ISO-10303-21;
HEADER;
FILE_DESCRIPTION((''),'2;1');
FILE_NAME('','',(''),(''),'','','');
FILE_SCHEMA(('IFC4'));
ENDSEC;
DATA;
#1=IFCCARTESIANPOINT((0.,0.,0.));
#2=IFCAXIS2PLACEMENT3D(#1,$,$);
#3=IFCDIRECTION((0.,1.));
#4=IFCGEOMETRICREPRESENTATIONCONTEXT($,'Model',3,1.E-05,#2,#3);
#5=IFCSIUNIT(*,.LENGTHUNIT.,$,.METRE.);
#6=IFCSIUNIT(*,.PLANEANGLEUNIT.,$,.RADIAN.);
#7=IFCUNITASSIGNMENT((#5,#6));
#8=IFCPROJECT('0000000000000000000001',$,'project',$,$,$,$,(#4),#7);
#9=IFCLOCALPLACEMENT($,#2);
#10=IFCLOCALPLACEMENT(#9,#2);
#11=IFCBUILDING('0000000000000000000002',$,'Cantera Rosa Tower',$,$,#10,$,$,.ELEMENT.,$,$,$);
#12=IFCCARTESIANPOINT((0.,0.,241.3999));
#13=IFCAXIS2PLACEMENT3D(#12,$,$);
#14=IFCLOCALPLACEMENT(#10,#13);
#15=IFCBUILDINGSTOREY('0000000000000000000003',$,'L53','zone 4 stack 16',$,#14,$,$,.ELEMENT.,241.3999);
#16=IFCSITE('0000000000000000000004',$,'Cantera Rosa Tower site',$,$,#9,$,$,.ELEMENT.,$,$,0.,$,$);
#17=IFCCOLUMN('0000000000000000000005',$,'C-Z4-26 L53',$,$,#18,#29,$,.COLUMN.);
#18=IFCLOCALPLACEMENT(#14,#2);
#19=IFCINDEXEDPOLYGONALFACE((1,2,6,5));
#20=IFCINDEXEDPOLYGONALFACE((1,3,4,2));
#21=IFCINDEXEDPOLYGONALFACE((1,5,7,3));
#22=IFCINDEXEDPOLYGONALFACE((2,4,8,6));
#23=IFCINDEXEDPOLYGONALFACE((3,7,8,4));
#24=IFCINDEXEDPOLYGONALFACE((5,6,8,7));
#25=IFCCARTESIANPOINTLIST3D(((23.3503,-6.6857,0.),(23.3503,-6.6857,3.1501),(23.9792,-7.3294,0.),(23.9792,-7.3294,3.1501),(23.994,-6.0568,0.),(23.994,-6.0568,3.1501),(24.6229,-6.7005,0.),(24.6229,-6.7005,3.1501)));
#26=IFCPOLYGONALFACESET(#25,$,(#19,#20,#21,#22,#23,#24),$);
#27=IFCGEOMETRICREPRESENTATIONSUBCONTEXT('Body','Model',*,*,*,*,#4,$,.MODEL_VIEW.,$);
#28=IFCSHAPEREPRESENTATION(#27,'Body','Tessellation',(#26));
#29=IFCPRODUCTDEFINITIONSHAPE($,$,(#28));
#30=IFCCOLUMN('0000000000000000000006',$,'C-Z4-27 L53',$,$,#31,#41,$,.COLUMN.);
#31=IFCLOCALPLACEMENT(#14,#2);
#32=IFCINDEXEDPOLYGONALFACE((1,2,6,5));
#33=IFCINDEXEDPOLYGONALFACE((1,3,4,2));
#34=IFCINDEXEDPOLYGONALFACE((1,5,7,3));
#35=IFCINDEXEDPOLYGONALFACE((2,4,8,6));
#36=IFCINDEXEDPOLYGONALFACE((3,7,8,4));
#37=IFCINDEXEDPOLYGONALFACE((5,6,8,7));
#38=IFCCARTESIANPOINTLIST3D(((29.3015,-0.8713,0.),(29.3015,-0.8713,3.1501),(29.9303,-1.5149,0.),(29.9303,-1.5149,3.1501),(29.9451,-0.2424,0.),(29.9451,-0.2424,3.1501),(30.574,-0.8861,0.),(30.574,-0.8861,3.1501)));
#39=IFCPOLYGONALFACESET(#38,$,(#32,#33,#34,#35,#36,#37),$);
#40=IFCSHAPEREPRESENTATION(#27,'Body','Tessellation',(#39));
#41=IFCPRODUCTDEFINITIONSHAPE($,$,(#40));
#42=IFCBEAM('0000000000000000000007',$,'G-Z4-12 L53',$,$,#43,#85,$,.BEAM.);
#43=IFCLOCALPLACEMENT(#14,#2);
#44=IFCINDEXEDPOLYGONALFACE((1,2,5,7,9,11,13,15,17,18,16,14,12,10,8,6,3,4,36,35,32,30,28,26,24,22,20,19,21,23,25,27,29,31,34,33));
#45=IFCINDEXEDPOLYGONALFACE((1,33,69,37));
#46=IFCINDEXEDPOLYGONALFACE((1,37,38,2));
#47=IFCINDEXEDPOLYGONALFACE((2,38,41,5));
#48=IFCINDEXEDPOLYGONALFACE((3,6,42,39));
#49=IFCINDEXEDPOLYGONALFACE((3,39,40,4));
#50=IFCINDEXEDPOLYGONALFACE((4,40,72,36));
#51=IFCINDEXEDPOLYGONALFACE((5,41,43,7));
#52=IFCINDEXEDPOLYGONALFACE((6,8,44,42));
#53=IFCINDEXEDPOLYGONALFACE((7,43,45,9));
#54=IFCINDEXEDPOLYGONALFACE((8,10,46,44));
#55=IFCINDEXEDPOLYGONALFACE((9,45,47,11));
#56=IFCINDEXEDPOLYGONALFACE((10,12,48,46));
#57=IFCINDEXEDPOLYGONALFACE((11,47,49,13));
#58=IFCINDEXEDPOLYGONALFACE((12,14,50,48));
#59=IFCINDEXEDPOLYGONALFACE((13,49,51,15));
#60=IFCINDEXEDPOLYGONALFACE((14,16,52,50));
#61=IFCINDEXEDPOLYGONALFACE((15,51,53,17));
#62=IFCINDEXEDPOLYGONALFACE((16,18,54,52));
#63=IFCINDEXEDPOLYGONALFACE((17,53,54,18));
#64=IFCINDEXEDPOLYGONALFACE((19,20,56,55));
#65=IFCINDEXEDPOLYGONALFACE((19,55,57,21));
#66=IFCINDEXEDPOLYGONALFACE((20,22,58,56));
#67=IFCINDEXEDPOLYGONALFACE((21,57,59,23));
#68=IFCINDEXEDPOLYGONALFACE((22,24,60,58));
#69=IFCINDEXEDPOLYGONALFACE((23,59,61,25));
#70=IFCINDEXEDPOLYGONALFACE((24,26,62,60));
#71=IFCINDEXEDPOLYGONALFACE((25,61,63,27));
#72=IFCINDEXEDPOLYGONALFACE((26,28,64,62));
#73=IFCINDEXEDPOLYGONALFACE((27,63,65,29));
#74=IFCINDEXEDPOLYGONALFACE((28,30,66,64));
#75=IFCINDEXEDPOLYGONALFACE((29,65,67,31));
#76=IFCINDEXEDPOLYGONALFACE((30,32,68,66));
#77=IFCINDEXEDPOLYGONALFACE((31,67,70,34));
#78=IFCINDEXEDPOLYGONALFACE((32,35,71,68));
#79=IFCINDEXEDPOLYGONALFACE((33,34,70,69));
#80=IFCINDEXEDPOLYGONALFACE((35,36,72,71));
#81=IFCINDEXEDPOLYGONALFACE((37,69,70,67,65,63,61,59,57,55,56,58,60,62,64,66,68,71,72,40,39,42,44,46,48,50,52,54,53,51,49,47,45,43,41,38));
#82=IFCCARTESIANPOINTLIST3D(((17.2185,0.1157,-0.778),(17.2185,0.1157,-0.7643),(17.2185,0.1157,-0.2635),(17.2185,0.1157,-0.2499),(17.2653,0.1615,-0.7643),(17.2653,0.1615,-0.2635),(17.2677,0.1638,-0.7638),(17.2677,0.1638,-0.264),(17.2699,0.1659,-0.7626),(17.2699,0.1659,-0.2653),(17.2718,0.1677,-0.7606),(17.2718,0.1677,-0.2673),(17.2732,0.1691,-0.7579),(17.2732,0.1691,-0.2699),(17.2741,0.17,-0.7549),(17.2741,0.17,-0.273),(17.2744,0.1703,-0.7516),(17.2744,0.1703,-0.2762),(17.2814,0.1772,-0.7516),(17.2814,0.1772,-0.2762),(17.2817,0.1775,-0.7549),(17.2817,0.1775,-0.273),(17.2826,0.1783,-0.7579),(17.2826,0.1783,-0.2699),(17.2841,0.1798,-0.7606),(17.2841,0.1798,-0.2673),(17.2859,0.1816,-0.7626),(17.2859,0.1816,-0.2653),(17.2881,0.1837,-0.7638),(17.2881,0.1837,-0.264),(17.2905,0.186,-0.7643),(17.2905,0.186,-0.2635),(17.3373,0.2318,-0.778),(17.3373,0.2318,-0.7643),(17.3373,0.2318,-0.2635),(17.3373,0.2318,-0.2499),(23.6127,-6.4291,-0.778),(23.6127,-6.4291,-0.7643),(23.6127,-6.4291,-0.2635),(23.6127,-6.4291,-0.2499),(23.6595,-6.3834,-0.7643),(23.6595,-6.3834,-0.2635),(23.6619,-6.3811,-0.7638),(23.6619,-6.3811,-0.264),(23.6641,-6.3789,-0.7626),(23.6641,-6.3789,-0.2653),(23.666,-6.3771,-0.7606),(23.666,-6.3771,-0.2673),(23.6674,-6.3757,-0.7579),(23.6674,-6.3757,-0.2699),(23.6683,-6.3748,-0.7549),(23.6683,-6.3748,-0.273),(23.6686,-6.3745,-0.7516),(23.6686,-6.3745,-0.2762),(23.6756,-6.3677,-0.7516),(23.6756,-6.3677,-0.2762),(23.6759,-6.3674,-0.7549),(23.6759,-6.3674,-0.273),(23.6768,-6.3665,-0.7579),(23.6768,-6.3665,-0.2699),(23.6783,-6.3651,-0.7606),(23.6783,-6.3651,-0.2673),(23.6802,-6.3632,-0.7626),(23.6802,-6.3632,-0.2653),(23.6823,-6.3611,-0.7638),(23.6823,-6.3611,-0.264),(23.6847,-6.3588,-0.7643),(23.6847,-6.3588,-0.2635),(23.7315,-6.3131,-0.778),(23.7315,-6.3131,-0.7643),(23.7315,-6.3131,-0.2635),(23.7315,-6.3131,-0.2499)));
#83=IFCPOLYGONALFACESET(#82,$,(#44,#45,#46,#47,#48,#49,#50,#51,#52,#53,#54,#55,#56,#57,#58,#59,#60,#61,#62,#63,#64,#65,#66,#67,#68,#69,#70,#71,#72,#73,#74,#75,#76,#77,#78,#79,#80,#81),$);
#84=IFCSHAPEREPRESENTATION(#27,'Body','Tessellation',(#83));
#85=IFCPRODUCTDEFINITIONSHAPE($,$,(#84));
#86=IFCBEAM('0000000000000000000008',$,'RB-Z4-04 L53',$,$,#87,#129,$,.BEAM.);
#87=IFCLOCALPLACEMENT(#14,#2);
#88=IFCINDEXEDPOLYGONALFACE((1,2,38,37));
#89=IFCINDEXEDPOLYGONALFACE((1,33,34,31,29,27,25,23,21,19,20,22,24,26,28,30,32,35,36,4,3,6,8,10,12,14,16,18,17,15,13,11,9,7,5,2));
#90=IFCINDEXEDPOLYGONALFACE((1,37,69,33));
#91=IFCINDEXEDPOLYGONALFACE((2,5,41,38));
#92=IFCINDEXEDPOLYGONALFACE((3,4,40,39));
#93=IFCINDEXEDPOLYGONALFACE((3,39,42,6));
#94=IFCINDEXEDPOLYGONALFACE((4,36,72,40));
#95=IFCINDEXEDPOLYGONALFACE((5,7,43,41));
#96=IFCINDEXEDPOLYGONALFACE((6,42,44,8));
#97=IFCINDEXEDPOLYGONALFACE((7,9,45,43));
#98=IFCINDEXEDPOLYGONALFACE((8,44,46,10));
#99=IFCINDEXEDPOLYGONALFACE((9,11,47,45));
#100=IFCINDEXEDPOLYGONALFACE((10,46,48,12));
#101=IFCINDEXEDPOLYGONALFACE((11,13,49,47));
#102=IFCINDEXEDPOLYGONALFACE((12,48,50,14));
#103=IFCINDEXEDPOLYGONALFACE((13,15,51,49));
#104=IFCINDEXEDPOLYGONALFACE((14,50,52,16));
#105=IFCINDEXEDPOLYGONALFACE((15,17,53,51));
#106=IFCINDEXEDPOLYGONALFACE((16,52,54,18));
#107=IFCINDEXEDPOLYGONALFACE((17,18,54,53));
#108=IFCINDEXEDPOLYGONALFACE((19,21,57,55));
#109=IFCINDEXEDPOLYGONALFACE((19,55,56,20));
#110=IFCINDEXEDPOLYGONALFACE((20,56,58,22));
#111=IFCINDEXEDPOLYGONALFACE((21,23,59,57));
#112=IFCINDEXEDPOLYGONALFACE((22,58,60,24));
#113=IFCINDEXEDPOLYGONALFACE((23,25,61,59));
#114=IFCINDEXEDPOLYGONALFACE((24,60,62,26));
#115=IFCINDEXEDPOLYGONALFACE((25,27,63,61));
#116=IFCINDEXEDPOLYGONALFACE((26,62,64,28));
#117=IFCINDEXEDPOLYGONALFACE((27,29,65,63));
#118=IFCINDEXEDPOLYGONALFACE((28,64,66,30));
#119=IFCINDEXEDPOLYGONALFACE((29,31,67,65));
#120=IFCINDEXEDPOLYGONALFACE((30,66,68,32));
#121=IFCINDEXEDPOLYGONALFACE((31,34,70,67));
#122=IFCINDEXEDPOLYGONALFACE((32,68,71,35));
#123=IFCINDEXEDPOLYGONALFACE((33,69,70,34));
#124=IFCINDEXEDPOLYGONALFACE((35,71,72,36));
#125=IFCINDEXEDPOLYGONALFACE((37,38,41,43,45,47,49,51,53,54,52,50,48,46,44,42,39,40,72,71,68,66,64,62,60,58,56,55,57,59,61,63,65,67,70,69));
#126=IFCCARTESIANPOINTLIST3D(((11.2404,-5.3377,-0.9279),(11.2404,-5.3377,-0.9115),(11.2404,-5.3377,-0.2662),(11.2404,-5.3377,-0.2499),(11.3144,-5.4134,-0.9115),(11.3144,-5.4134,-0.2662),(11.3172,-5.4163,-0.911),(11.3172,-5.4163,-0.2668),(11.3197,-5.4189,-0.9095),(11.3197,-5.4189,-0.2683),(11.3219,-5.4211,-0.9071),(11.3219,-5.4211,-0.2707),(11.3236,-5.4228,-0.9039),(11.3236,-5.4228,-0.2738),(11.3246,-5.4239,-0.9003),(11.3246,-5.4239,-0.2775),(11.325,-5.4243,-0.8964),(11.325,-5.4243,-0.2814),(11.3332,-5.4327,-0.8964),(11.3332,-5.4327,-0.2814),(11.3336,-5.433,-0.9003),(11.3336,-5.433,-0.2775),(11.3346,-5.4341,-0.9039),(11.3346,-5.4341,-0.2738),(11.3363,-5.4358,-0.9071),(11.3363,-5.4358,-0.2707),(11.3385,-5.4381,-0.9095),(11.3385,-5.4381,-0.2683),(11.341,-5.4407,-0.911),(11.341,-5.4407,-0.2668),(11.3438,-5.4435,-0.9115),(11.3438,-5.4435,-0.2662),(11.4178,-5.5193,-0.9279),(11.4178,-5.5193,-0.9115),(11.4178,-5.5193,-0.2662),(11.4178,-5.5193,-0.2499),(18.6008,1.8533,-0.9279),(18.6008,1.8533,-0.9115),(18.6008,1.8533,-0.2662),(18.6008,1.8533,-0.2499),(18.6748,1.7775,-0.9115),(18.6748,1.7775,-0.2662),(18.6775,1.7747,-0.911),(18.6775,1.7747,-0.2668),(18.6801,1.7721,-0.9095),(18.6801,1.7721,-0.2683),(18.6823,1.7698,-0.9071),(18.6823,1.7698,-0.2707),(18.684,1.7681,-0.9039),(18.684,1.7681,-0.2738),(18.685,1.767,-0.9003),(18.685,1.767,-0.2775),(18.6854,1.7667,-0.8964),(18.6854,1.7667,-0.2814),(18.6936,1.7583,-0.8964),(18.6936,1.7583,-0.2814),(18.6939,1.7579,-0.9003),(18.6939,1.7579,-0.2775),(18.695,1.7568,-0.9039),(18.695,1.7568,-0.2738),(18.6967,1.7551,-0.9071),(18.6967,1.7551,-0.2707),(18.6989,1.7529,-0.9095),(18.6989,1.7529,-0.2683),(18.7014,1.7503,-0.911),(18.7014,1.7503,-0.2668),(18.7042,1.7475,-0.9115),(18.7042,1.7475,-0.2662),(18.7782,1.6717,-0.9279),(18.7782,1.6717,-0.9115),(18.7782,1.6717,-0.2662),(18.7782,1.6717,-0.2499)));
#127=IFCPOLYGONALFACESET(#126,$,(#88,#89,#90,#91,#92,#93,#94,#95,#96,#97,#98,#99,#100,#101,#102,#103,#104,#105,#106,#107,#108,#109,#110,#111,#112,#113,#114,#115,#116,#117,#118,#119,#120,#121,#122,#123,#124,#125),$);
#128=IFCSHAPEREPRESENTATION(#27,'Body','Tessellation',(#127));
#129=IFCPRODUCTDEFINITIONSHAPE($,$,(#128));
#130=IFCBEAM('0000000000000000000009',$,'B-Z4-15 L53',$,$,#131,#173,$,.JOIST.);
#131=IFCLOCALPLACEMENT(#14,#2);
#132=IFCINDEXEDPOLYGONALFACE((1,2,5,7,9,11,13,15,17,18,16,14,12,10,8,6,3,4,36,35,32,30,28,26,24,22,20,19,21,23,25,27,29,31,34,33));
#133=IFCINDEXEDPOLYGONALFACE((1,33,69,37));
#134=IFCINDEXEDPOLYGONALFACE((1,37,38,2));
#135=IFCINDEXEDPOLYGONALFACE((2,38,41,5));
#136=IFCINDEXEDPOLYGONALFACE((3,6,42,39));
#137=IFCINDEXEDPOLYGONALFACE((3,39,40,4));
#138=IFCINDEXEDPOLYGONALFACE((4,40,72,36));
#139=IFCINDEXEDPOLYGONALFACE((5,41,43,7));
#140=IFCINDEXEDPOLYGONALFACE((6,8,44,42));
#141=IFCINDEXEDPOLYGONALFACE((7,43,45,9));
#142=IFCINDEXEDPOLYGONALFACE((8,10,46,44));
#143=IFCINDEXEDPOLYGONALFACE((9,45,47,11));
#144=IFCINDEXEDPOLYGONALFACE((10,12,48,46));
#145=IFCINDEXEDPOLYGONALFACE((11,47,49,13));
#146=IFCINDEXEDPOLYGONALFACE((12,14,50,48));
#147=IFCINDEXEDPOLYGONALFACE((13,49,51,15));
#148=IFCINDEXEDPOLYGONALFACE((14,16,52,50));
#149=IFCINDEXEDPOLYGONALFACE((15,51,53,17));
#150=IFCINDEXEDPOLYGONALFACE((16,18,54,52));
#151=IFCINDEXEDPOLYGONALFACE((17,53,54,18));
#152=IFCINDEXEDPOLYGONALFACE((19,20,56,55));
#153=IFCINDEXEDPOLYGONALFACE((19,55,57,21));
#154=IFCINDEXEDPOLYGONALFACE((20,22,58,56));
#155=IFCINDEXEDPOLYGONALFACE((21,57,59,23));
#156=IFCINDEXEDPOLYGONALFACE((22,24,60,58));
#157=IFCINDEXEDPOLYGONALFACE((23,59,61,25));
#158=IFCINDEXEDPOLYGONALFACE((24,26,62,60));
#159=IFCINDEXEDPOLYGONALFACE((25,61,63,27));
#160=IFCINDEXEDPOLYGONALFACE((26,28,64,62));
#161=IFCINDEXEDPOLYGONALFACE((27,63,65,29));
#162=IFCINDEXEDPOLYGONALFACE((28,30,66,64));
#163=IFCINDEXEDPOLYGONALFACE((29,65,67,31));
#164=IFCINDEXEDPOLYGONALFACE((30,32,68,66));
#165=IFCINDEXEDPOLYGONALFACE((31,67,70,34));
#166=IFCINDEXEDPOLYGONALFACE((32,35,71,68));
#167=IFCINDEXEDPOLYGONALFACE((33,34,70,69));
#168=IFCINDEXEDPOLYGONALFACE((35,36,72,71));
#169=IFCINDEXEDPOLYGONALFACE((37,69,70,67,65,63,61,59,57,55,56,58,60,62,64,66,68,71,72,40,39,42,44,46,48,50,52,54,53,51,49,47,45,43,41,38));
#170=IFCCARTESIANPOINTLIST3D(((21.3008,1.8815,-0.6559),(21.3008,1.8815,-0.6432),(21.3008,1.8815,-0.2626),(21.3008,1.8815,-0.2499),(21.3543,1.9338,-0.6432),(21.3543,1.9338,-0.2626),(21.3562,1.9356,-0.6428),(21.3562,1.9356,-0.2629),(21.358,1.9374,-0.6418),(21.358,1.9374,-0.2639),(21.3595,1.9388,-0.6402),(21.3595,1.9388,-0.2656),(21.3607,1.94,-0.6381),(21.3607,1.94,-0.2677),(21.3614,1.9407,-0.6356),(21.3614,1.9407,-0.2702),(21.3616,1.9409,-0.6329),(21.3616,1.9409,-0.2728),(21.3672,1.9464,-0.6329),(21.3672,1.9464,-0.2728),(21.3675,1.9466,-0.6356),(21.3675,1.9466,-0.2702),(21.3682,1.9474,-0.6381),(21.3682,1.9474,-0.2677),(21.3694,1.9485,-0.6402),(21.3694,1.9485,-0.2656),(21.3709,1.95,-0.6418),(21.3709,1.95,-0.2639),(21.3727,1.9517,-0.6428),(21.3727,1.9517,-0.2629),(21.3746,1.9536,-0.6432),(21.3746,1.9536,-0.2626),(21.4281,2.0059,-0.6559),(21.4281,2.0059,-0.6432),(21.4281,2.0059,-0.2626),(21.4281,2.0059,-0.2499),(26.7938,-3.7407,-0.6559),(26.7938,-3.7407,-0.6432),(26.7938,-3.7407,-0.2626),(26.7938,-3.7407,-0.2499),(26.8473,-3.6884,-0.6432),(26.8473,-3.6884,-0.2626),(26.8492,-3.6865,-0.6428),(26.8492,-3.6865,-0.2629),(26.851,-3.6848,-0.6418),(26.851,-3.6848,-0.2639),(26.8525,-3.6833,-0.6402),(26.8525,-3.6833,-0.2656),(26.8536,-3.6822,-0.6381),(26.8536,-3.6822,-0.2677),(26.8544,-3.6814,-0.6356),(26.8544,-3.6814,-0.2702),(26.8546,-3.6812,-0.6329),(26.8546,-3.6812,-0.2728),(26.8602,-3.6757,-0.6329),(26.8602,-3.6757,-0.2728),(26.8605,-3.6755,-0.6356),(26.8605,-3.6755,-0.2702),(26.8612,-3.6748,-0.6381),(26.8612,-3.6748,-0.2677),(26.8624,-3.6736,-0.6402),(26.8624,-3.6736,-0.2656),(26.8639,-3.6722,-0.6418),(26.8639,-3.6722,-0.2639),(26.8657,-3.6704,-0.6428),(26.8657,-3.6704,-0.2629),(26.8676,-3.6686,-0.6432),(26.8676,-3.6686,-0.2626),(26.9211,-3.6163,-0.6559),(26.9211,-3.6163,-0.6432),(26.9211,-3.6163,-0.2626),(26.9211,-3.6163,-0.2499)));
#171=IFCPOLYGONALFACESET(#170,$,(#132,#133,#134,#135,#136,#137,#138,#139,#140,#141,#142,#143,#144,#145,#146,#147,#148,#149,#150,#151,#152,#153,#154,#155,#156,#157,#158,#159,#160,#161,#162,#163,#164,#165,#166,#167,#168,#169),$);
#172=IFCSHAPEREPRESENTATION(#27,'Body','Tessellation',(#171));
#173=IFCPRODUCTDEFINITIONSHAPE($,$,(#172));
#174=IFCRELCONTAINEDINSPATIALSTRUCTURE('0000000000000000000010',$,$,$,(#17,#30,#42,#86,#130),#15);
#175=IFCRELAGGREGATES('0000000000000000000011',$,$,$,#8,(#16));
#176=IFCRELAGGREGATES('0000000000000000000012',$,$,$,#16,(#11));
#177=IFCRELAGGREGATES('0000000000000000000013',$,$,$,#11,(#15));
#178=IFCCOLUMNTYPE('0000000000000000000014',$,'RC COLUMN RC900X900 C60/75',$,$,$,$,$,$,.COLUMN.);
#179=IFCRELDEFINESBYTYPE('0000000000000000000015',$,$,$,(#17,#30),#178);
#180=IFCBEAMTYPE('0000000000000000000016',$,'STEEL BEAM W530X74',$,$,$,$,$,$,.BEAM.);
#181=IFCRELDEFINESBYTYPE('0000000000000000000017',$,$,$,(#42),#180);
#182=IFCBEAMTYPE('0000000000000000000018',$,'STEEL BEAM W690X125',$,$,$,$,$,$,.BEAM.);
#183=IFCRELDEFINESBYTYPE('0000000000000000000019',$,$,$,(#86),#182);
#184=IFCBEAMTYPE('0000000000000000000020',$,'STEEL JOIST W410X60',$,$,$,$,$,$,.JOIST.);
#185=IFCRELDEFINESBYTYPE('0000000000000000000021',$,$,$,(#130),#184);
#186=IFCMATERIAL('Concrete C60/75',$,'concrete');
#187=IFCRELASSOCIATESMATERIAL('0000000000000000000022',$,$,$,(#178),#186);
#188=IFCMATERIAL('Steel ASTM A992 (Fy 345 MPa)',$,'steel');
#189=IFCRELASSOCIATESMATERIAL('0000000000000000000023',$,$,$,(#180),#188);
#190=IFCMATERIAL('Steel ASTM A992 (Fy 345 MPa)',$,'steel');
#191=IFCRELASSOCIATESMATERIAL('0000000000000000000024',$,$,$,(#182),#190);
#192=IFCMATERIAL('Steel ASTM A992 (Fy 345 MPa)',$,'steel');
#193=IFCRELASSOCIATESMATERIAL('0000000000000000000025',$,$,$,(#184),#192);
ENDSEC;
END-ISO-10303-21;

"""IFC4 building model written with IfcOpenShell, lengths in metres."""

from ifc_helpers import new_model, si_unit, direction, frame, origin, origin_2d, place, context, subcontext, project, spatial, rectangle, i_section, extrude, material, material_profile, profile_set, type_object, element, save


model = new_model("IFC4")

# Units and contexts
model_context = context("Model", 3, precision=1e-05, world=origin(), true_north=direction((0.0, 1.0)))
body_context = subcontext(model_context, "Body", "Model", "MODEL_VIEW")
ifc_project = project(units=[si_unit("LENGTHUNIT", "METRE"), si_unit("PLANEANGLEUNIT", "RADIAN")], contexts=[model_context])

# Site, building, storey
site_placement = place(None, origin())
site = spatial("IfcSite", under=ifc_project, at=site_placement, Name="Cantera Rosa Tower site", CompositionType="ELEMENT", RefElevation=0.0)
building_placement = place(site_placement, origin())
building = spatial("IfcBuilding", under=site, at=building_placement, Name="Cantera Rosa Tower", CompositionType="ELEMENT")
storey_placement = place(building_placement, frame((0.0, 0.0, 241.3999)))
storey = spatial("IfcBuildingStorey", under=building, at=storey_placement, Name="L53", Description="zone 4 stack 16", CompositionType="ELEMENT", Elevation=241.3999)

# Columns
ifc_material_1 = material(Name="Concrete C60/75", Category="concrete")
ifc_material_profile_1 = material_profile(ifc_material_1, rectangle(XDim=0.8999, YDim=0.8999, at=origin_2d()), Name="RC COLUMN RC900X900 C60/75")
ifc_profile_set_1 = profile_set([ifc_material_profile_1], Name="Concrete C60/75")
column_type = type_object("IfcColumnType", Name="RC COLUMN RC900X900 C60/75", PredefinedType="COLUMN", material=ifc_profile_set_1)
for number, where, z_axis, x_axis, name in (
    (1, (23.9866, -6.6931, 0.0), (0.0, 0.0, 1.0), (0.715286, 0.698832, 0.0), "C-Z4-26 L53"),
    (2, (29.9377, -0.8787, 0.0), (0.0, 0.0, 1.0), (0.715286, 0.698832, 0.0), "C-Z4-27 L53"),
):
    element("IfcColumn", number, at=place(storey_placement, frame(where, z_axis=z_axis, x_axis=x_axis)), inside=storey, type_object=column_type, Name=name, PredefinedType="COLUMN", context=body_context, shape_type="SweptSolid", body=[
        extrude(rectangle(XDim=0.8999, YDim=0.8999, at=origin_2d()), origin(), (0.0, 0.0, 1.0), 3.1501),
    ])

# Beams
ifc_material_2 = material(Name="Steel ASTM A992 (Fy 345 MPa)", Category="steel")
ifc_material_profile_2 = material_profile(ifc_material_2, i_section(OverallWidth=0.166, OverallDepth=0.5281, WebThickness=0.0098, FlangeThickness=0.0137, FilletRadius=0.0127, at=origin_2d()), Name="W530X74")
ifc_profile_set_2 = profile_set([ifc_material_profile_2], Name="Steel ASTM A992 (Fy 345 MPa)")
beam_type_1 = type_object("IfcBeamType", Name="STEEL BEAM W530X74", PredefinedType="BEAM", material=ifc_profile_set_2)
beam_1_placement = place(storey_placement, frame((23.6721, -6.3711, -0.5139), z_axis=(-0.698827, 0.71529, 0.0), x_axis=(-0.71529, -0.698827, 0.0)))
element("IfcBeam", 3, at=beam_1_placement, inside=storey, type_object=beam_type_1, Name="G-Z4-12 L53", PredefinedType="BEAM", context=body_context, shape_type="SweptSolid", body=[
    extrude(i_section(OverallWidth=0.166, OverallDepth=0.5281, WebThickness=0.0098, FlangeThickness=0.0137, FilletRadius=0.0127, at=origin_2d()), origin(), (0.0, 0.0, 1.0), 9.1499),
])
ifc_material_3 = material(Name="Steel ASTM A992 (Fy 345 MPa)", Category="steel")
ifc_material_profile_3 = material_profile(ifc_material_3, i_section(OverallWidth=0.2539, OverallDepth=0.678, WebThickness=0.0117, FlangeThickness=0.0164, FilletRadius=0.0151, at=origin_2d()), Name="W690X125")
ifc_profile_set_3 = profile_set([ifc_material_profile_3], Name="Steel ASTM A992 (Fy 345 MPa)")
beam_type_2 = type_object("IfcBeamType", Name="STEEL BEAM W690X125", PredefinedType="BEAM", material=ifc_profile_set_3)
beam_2_placement = place(storey_placement, frame((11.3291, -5.4285, -0.5889), z_axis=(0.715292, 0.698826, 0.0), x_axis=(-0.698826, 0.715292, 0.0)))
element("IfcBeam", 4, at=beam_2_placement, inside=storey, type_object=beam_type_2, Name="RB-Z4-04 L53", PredefinedType="BEAM", context=body_context, shape_type="SweptSolid", body=[
    extrude(i_section(OverallWidth=0.2539, OverallDepth=0.678, WebThickness=0.0117, FlangeThickness=0.0164, FilletRadius=0.0151, at=origin_2d()), origin(), (0.0, 0.0, 1.0), 10.29),
])
ifc_material_4 = material(Name="Steel ASTM A992 (Fy 345 MPa)", Category="steel")
ifc_material_profile_4 = material_profile(ifc_material_4, i_section(OverallWidth=0.178, OverallDepth=0.406, WebThickness=0.0078, FlangeThickness=0.0127, FilletRadius=0.0103, at=origin_2d()), Name="W410X60")
ifc_profile_set_4 = profile_set([ifc_material_profile_4], Name="Steel ASTM A992 (Fy 345 MPa)")
beam_type_3 = type_object("IfcBeamType", Name="STEEL JOIST W410X60", PredefinedType="JOIST", material=ifc_profile_set_4)
beam_3_placement = place(storey_placement, frame((26.8574, -3.6785, -0.4529), z_axis=(-0.698843, 0.715275, 0.0), x_axis=(-0.715275, -0.698843, 0.0)))
element("IfcBeam", 5, at=beam_3_placement, inside=storey, type_object=beam_type_3, Name="B-Z4-15 L53", PredefinedType="JOIST", context=body_context, shape_type="SweptSolid", body=[
    extrude(i_section(OverallWidth=0.178, OverallDepth=0.406, WebThickness=0.0078, FlangeThickness=0.0127, FilletRadius=0.0103, at=origin_2d()), origin(), (0.0, 0.0, 1.0), 7.8601),
])

save(model, "model.ifc")
